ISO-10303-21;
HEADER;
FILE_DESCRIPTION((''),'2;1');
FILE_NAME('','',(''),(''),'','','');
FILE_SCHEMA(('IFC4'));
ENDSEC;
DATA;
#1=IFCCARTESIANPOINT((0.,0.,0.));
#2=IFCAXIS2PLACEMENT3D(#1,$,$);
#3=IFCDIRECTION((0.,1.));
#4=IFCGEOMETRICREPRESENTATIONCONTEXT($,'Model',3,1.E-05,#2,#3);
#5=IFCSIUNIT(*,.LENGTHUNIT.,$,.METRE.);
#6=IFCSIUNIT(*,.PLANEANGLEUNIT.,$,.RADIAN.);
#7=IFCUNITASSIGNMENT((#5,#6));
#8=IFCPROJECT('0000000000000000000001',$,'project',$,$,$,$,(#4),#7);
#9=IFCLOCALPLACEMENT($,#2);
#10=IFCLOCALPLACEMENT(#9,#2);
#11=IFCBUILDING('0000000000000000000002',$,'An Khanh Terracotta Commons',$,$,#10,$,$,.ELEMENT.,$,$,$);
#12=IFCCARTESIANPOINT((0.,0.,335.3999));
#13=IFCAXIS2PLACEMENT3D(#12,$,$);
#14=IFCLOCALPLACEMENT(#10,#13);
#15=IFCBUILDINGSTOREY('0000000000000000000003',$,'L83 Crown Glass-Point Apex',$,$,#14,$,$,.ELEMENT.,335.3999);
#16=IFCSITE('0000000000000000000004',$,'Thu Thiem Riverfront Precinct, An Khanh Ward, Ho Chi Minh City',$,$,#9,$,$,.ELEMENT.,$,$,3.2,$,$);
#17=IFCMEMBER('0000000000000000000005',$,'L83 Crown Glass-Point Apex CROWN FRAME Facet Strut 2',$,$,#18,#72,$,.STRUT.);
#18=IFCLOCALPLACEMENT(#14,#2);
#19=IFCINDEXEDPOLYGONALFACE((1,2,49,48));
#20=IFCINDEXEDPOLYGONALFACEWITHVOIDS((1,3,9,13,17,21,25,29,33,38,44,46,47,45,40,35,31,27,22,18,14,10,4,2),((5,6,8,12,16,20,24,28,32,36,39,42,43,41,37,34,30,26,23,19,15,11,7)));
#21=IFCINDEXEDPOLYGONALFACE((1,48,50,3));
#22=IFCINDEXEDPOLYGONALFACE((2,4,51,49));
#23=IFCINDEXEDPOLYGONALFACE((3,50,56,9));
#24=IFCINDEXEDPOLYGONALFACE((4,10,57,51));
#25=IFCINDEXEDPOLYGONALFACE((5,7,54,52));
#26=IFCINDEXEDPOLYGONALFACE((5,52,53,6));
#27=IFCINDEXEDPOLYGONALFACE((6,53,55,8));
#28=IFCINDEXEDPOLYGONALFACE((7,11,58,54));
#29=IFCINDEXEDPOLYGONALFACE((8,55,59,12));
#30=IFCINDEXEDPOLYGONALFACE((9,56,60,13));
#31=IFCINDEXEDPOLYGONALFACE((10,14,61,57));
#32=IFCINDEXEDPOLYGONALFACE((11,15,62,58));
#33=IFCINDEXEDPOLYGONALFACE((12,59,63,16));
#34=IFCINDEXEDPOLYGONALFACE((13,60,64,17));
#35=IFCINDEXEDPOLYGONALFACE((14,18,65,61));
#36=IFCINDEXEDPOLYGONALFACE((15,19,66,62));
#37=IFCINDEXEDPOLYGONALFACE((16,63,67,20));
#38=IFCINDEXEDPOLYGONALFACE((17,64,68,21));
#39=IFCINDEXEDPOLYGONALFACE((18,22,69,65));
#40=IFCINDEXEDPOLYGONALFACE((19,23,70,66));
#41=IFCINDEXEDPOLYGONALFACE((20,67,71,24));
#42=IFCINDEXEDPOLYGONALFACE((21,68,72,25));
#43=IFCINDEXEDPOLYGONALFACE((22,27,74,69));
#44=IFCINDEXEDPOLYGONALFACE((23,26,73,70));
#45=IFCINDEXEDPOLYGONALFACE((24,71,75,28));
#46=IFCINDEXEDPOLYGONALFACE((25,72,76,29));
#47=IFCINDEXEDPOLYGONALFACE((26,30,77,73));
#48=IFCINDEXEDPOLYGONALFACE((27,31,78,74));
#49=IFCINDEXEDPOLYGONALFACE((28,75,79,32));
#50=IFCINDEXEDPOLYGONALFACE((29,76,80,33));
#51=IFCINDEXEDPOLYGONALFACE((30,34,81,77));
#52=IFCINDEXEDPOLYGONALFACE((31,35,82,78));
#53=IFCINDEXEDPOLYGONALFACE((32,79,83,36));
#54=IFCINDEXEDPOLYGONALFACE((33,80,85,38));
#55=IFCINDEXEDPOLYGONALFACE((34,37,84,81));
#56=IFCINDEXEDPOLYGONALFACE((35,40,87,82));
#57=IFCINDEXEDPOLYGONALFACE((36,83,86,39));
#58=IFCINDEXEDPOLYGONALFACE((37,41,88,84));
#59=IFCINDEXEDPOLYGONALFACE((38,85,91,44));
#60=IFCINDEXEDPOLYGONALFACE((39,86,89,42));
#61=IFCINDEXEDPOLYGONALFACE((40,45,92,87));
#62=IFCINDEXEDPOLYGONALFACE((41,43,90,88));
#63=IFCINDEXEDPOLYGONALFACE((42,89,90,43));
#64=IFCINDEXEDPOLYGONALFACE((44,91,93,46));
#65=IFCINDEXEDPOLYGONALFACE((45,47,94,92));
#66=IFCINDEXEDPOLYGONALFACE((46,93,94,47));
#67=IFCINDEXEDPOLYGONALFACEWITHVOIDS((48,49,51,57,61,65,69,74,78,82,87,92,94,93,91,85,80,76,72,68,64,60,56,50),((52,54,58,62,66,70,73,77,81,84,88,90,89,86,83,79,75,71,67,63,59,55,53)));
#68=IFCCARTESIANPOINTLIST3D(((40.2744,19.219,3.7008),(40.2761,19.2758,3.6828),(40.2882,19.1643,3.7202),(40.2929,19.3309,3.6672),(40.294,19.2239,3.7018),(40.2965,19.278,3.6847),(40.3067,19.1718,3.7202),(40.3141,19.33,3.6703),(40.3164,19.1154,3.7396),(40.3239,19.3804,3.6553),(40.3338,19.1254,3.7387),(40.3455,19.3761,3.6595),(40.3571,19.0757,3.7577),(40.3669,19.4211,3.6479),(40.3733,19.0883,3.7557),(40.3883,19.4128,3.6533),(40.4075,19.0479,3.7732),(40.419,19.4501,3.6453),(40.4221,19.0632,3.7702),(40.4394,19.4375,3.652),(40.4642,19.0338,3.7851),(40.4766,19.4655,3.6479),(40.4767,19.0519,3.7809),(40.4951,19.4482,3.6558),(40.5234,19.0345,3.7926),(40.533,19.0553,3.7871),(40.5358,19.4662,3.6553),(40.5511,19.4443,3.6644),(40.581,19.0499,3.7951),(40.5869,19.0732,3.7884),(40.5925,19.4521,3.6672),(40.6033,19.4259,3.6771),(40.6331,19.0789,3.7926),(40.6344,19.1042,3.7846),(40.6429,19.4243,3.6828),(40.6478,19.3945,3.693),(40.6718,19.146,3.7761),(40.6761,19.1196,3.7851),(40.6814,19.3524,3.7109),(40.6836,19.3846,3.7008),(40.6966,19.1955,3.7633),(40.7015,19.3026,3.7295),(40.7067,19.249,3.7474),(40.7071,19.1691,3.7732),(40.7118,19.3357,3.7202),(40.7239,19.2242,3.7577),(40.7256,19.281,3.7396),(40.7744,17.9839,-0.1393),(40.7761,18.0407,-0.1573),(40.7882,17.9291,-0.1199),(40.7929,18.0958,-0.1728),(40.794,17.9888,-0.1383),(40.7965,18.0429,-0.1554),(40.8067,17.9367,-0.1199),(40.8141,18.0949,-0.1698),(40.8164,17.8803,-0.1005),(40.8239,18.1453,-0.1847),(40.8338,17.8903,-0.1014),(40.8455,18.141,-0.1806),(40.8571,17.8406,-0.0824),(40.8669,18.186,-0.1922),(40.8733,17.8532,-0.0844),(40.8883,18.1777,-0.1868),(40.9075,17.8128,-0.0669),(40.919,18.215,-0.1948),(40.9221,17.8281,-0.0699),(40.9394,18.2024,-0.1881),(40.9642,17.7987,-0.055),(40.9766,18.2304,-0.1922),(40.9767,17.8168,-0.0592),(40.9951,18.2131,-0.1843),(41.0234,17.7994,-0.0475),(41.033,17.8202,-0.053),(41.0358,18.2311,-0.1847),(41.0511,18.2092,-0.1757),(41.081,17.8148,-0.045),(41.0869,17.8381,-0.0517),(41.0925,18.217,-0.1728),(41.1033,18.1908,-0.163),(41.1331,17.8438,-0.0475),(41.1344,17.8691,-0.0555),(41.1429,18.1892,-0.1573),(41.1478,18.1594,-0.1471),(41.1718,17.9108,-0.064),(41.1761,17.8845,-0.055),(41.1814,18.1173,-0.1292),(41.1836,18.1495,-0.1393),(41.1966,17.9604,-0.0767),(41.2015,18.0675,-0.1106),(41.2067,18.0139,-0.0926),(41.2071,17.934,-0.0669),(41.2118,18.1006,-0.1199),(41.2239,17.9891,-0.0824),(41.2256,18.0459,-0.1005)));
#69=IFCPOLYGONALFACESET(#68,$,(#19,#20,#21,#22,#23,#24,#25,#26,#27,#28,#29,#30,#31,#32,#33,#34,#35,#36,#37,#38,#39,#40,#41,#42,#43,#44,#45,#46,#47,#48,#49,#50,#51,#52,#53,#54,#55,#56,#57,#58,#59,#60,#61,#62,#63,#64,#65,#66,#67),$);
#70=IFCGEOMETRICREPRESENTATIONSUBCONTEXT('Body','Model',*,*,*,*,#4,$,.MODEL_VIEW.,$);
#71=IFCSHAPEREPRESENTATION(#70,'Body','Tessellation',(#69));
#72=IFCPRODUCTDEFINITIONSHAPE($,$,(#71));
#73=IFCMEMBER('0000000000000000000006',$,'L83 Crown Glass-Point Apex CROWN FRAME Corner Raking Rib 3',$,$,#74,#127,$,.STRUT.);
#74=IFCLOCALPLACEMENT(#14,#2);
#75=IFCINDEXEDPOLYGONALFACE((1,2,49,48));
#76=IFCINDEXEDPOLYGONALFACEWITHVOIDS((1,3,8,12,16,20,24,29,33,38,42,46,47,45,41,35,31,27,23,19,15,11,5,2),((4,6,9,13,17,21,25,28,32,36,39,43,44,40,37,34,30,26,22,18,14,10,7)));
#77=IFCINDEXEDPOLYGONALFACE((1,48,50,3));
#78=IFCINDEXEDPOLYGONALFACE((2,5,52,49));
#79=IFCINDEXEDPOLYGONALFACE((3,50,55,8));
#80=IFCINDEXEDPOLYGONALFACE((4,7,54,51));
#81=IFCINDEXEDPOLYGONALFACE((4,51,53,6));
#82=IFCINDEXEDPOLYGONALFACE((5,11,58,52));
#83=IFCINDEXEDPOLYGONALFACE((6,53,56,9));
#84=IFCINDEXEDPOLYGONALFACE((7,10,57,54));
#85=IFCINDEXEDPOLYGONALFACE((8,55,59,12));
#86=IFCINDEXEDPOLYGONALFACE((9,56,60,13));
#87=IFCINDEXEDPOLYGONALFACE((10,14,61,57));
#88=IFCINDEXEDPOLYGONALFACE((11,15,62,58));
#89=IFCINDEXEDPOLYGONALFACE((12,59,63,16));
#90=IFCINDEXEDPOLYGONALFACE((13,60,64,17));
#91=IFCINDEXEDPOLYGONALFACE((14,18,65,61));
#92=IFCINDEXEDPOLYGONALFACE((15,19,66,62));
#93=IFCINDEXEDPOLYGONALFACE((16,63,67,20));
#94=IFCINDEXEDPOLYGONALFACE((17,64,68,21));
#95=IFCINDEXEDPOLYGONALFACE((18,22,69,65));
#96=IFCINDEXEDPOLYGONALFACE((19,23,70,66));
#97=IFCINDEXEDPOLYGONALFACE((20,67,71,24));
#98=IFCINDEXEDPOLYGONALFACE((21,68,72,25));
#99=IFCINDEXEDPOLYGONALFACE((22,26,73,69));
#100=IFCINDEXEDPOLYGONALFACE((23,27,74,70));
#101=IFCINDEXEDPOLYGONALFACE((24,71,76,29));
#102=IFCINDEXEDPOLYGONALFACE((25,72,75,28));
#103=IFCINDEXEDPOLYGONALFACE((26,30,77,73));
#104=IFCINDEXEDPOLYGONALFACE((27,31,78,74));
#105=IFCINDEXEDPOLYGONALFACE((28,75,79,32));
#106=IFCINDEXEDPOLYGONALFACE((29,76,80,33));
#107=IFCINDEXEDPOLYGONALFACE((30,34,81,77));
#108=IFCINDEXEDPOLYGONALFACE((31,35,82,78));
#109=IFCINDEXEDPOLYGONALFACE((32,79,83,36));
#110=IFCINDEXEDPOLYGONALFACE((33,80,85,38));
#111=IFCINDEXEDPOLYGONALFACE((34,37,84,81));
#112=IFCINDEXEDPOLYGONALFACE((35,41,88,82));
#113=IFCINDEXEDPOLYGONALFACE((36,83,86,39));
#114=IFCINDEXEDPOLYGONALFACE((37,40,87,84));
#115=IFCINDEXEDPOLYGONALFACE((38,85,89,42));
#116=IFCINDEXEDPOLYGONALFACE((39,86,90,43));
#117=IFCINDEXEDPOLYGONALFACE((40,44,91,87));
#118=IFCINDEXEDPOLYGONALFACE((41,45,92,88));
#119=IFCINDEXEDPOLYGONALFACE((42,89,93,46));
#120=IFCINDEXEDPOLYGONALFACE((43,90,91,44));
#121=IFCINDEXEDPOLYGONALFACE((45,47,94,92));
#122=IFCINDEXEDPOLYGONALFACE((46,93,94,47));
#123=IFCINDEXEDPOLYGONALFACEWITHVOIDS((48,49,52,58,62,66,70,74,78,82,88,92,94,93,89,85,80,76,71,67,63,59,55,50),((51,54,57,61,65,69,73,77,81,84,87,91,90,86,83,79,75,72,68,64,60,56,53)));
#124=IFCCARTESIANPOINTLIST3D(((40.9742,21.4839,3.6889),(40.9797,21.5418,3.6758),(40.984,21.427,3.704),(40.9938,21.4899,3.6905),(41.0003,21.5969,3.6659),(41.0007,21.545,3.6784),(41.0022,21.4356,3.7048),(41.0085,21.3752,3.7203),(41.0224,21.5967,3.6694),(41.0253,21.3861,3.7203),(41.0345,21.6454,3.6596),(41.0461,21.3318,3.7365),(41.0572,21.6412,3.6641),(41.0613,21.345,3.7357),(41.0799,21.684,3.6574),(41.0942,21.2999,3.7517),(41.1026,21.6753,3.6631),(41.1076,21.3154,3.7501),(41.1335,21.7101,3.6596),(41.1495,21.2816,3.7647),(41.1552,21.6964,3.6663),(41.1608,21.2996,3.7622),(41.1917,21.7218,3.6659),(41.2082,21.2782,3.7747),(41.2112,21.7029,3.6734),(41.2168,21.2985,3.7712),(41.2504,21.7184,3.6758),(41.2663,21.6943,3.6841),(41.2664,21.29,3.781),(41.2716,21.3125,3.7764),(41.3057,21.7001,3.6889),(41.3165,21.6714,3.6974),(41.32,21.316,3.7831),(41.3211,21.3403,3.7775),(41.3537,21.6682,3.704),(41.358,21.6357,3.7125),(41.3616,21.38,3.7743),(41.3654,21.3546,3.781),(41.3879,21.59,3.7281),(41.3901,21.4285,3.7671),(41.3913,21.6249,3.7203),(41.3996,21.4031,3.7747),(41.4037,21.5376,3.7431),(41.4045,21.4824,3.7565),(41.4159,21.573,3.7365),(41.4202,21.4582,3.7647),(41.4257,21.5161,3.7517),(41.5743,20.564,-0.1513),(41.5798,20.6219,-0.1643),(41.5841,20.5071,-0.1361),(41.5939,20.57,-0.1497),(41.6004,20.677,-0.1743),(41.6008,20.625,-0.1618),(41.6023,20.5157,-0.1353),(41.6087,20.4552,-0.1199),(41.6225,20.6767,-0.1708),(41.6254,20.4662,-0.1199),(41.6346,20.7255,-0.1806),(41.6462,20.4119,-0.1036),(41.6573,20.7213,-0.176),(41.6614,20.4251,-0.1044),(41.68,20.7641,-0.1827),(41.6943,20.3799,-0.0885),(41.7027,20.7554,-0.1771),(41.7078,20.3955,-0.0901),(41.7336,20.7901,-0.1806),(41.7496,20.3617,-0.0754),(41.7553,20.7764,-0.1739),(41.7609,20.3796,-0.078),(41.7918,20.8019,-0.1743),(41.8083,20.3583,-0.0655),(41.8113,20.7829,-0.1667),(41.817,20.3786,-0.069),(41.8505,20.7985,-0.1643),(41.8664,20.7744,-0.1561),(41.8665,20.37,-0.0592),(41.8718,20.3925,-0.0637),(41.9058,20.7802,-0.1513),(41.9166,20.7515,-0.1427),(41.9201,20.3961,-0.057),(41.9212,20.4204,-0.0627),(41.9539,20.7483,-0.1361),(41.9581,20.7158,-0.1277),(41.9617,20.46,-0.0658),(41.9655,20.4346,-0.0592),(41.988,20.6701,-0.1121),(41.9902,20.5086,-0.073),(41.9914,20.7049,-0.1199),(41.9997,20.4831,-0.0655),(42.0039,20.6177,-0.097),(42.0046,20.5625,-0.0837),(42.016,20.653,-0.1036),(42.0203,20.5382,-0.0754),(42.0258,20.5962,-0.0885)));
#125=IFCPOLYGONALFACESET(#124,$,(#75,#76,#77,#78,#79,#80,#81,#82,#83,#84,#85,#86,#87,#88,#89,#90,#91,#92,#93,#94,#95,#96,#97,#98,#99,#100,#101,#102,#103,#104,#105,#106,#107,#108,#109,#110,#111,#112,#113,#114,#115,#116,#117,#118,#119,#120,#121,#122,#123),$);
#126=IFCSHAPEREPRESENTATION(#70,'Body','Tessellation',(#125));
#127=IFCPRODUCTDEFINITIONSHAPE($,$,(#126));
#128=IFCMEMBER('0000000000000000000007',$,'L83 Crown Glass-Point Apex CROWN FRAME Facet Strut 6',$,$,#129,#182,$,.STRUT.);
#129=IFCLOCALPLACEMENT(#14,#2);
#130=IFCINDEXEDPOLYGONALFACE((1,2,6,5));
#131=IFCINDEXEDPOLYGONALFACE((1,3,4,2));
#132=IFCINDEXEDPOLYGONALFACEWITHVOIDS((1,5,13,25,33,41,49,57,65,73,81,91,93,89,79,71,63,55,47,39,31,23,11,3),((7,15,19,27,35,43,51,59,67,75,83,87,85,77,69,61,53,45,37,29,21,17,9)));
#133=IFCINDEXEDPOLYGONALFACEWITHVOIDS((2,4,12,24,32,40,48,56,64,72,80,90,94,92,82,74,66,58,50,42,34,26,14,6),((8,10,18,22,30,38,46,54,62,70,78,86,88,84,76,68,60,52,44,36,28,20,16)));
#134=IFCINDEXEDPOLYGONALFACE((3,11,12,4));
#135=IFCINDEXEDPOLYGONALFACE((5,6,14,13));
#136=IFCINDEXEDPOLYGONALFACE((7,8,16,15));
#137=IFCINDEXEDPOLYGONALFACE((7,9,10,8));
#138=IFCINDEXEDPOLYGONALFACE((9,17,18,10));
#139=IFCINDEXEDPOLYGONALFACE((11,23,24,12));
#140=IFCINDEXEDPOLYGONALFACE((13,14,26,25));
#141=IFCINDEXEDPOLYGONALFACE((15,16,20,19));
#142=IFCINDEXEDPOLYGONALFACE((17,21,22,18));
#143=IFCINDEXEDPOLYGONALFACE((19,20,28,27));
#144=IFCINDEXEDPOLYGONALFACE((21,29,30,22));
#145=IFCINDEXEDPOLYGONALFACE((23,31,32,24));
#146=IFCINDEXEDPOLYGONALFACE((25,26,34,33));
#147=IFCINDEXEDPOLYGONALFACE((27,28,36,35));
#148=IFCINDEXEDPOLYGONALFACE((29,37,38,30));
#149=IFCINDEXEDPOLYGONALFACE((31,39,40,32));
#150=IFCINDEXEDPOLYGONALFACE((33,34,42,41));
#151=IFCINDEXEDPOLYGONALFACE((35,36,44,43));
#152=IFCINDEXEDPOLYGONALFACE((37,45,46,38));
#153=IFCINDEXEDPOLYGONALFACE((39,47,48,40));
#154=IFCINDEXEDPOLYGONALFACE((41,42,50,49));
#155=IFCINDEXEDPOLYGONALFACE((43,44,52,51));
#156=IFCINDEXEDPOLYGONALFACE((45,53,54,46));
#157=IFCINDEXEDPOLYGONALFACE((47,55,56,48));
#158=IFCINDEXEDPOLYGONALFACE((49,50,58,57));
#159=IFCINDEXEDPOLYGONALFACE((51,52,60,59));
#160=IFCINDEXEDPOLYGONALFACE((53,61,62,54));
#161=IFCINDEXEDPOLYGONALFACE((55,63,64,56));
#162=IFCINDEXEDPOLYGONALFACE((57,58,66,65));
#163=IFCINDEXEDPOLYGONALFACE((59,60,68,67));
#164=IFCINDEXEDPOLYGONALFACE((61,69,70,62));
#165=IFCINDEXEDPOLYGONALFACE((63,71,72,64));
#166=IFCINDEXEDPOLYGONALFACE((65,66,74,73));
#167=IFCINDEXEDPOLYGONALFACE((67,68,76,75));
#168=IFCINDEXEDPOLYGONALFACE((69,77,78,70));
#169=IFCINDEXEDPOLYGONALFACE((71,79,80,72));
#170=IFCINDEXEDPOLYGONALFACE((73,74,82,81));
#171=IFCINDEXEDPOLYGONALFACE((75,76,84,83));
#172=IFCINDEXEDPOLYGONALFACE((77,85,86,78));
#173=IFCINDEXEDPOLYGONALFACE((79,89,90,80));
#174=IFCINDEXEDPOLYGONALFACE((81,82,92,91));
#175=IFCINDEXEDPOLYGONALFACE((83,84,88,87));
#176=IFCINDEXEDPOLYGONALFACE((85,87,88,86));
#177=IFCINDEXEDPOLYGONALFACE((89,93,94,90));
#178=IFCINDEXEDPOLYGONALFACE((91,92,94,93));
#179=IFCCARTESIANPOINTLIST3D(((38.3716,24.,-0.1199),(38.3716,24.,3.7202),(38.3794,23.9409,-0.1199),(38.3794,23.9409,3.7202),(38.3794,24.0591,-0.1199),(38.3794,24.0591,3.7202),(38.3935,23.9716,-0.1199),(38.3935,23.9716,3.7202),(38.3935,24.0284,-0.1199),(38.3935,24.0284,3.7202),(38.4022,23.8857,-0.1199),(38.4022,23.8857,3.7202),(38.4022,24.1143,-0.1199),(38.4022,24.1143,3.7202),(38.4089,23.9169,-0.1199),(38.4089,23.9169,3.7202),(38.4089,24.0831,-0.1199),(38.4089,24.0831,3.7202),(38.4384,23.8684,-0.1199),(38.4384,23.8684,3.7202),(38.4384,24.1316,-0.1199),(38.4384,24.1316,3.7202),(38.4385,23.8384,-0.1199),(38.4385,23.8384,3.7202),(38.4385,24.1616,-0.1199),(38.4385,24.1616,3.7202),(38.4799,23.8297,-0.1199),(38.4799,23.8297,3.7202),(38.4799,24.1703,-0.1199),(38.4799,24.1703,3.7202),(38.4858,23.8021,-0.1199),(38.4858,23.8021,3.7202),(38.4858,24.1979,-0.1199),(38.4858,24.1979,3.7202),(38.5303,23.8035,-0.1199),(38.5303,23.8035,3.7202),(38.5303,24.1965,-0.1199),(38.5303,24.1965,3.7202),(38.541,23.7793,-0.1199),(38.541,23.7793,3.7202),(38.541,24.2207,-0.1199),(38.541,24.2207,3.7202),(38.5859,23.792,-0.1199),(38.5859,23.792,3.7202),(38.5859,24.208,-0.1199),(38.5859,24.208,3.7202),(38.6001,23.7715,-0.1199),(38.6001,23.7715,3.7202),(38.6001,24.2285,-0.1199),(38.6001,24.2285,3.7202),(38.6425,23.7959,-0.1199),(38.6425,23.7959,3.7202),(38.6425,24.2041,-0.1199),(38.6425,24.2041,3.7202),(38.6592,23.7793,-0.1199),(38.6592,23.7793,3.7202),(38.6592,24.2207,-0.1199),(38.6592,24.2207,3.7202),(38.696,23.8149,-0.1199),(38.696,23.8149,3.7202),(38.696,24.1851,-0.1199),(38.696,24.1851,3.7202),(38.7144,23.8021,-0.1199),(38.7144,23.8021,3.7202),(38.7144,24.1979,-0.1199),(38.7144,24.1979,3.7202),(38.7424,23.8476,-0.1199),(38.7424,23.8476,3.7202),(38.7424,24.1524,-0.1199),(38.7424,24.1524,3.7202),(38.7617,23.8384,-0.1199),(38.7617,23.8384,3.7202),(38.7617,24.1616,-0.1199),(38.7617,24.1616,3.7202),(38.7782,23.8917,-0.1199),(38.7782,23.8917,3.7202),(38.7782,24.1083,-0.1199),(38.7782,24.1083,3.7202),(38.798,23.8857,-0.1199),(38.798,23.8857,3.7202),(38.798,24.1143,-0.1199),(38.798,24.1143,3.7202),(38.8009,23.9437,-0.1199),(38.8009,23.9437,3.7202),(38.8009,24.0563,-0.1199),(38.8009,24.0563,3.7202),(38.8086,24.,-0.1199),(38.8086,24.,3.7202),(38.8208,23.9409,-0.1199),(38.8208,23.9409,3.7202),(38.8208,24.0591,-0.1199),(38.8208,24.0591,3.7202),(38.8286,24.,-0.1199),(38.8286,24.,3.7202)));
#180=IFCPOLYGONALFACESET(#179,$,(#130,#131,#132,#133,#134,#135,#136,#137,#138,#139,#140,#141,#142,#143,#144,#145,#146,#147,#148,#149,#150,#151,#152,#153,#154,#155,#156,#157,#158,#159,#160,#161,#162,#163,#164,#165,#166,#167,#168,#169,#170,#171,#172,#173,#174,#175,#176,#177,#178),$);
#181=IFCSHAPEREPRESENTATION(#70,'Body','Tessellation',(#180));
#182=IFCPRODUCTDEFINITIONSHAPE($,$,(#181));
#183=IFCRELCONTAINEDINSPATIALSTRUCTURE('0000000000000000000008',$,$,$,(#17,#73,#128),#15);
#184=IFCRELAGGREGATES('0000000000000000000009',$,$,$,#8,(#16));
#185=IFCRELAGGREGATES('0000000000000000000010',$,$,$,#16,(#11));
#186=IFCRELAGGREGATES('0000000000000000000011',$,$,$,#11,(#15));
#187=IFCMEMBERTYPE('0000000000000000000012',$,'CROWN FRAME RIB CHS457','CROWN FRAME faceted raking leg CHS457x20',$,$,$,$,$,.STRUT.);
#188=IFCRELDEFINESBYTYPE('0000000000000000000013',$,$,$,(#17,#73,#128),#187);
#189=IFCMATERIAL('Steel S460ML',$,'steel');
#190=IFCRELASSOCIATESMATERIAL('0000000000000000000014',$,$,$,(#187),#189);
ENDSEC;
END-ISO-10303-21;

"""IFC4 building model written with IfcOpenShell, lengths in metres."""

from ifc_helpers import new_model, si_unit, direction, frame, origin, origin_2d, place, context, subcontext, project, spatial, hollow_circle, extrude, material, material_profile, profile_set, type_object, element, save


model = new_model("IFC4")

# Units and contexts
model_context = context("Model", 3, precision=1e-05, world=origin(), true_north=direction((0.0, 1.0)))
body_context = subcontext(model_context, "Body", "Model", "MODEL_VIEW")
ifc_project = project(units=[si_unit("LENGTHUNIT", "METRE"), si_unit("PLANEANGLEUNIT", "RADIAN")], contexts=[model_context])

# Site, building, storey
site_placement = place(None, origin())
site = spatial("IfcSite", under=ifc_project, at=site_placement, Name="Thu Thiem Riverfront Precinct, An Khanh Ward, Ho Chi Minh City", CompositionType="ELEMENT", RefElevation=3.2)
building_placement = place(site_placement, origin())
building = spatial("IfcBuilding", under=site, at=building_placement, Name="An Khanh Terracotta Commons", CompositionType="ELEMENT")
storey_placement = place(building_placement, frame((0.0, 0.0, 335.3999)))
storey = spatial("IfcBuildingStorey", under=building, at=storey_placement, Name="L83 Crown Glass-Point Apex", CompositionType="ELEMENT", Elevation=335.3999)

# Members
ifc_material_1 = material(Name="Steel S460ML", Category="steel")
ifc_material_profile_1 = material_profile(ifc_material_1, hollow_circle(Radius=0.2285, WallThickness=0.02, at=origin_2d()), Name="CHS457x20")
ifc_profile_set_1 = profile_set([ifc_material_profile_1], Name="Steel S460ML")
member_type_1 = type_object("IfcMemberType", Name="CROWN FRAME RIB CHS457", Description="CROWN FRAME faceted raking leg CHS457x20", PredefinedType="STRUT", material=ifc_profile_set_1)
member_1_placement = place(storey_placement, frame((41.0, 18.0149, -0.1199), z_axis=(-0.12301, 0.303862, 0.944741), x_axis=(-0.926927, -0.375241, 0.0)))
element("IfcMember", 1, at=member_1_placement, inside=storey, type_object=member_type_1, Name="L83 Crown Glass-Point Apex CROWN FRAME Facet Strut 2", PredefinedType="STRUT", context=body_context, shape_type="SweptSolid", body=[
    extrude(hollow_circle(Radius=0.2285, WallThickness=0.02, at=origin_2d()), origin(), (0.0, 0.0, 1.0), 4.0647),
])
member_2_placement = place(storey_placement, frame((41.8, 20.5801, -0.1199), z_axis=(-0.150247, 0.230322, 0.961446), x_axis=(-0.837549, -0.546363, 0.0)))
element("IfcMember", 2, at=member_2_placement, inside=storey, type_object=member_type_1, Name="L83 Crown Glass-Point Apex CROWN FRAME Corner Raking Rib 3", PredefinedType="STRUT", context=body_context, shape_type="SweptSolid", body=[
    extrude(hollow_circle(Radius=0.2285, WallThickness=0.02, at=origin_2d()), origin(), (0.0, 0.0, 1.0), 3.9941),
])
member_3_placement = place(storey_placement, frame((38.6001, 24.0, -0.1199), z_axis=(0.0, 0.0, 1.0), x_axis=(1.0, 0.0, 0.0)))
element("IfcMember", 3, at=member_3_placement, inside=storey, type_object=member_type_1, Name="L83 Crown Glass-Point Apex CROWN FRAME Facet Strut 6", PredefinedType="STRUT", context=body_context, shape_type="SweptSolid", body=[
    extrude(hollow_circle(Radius=0.2285, WallThickness=0.02, at=origin_2d()), origin(), (0.0, 0.0, 1.0), 3.8401),
])

save(model, "model.ifc")
